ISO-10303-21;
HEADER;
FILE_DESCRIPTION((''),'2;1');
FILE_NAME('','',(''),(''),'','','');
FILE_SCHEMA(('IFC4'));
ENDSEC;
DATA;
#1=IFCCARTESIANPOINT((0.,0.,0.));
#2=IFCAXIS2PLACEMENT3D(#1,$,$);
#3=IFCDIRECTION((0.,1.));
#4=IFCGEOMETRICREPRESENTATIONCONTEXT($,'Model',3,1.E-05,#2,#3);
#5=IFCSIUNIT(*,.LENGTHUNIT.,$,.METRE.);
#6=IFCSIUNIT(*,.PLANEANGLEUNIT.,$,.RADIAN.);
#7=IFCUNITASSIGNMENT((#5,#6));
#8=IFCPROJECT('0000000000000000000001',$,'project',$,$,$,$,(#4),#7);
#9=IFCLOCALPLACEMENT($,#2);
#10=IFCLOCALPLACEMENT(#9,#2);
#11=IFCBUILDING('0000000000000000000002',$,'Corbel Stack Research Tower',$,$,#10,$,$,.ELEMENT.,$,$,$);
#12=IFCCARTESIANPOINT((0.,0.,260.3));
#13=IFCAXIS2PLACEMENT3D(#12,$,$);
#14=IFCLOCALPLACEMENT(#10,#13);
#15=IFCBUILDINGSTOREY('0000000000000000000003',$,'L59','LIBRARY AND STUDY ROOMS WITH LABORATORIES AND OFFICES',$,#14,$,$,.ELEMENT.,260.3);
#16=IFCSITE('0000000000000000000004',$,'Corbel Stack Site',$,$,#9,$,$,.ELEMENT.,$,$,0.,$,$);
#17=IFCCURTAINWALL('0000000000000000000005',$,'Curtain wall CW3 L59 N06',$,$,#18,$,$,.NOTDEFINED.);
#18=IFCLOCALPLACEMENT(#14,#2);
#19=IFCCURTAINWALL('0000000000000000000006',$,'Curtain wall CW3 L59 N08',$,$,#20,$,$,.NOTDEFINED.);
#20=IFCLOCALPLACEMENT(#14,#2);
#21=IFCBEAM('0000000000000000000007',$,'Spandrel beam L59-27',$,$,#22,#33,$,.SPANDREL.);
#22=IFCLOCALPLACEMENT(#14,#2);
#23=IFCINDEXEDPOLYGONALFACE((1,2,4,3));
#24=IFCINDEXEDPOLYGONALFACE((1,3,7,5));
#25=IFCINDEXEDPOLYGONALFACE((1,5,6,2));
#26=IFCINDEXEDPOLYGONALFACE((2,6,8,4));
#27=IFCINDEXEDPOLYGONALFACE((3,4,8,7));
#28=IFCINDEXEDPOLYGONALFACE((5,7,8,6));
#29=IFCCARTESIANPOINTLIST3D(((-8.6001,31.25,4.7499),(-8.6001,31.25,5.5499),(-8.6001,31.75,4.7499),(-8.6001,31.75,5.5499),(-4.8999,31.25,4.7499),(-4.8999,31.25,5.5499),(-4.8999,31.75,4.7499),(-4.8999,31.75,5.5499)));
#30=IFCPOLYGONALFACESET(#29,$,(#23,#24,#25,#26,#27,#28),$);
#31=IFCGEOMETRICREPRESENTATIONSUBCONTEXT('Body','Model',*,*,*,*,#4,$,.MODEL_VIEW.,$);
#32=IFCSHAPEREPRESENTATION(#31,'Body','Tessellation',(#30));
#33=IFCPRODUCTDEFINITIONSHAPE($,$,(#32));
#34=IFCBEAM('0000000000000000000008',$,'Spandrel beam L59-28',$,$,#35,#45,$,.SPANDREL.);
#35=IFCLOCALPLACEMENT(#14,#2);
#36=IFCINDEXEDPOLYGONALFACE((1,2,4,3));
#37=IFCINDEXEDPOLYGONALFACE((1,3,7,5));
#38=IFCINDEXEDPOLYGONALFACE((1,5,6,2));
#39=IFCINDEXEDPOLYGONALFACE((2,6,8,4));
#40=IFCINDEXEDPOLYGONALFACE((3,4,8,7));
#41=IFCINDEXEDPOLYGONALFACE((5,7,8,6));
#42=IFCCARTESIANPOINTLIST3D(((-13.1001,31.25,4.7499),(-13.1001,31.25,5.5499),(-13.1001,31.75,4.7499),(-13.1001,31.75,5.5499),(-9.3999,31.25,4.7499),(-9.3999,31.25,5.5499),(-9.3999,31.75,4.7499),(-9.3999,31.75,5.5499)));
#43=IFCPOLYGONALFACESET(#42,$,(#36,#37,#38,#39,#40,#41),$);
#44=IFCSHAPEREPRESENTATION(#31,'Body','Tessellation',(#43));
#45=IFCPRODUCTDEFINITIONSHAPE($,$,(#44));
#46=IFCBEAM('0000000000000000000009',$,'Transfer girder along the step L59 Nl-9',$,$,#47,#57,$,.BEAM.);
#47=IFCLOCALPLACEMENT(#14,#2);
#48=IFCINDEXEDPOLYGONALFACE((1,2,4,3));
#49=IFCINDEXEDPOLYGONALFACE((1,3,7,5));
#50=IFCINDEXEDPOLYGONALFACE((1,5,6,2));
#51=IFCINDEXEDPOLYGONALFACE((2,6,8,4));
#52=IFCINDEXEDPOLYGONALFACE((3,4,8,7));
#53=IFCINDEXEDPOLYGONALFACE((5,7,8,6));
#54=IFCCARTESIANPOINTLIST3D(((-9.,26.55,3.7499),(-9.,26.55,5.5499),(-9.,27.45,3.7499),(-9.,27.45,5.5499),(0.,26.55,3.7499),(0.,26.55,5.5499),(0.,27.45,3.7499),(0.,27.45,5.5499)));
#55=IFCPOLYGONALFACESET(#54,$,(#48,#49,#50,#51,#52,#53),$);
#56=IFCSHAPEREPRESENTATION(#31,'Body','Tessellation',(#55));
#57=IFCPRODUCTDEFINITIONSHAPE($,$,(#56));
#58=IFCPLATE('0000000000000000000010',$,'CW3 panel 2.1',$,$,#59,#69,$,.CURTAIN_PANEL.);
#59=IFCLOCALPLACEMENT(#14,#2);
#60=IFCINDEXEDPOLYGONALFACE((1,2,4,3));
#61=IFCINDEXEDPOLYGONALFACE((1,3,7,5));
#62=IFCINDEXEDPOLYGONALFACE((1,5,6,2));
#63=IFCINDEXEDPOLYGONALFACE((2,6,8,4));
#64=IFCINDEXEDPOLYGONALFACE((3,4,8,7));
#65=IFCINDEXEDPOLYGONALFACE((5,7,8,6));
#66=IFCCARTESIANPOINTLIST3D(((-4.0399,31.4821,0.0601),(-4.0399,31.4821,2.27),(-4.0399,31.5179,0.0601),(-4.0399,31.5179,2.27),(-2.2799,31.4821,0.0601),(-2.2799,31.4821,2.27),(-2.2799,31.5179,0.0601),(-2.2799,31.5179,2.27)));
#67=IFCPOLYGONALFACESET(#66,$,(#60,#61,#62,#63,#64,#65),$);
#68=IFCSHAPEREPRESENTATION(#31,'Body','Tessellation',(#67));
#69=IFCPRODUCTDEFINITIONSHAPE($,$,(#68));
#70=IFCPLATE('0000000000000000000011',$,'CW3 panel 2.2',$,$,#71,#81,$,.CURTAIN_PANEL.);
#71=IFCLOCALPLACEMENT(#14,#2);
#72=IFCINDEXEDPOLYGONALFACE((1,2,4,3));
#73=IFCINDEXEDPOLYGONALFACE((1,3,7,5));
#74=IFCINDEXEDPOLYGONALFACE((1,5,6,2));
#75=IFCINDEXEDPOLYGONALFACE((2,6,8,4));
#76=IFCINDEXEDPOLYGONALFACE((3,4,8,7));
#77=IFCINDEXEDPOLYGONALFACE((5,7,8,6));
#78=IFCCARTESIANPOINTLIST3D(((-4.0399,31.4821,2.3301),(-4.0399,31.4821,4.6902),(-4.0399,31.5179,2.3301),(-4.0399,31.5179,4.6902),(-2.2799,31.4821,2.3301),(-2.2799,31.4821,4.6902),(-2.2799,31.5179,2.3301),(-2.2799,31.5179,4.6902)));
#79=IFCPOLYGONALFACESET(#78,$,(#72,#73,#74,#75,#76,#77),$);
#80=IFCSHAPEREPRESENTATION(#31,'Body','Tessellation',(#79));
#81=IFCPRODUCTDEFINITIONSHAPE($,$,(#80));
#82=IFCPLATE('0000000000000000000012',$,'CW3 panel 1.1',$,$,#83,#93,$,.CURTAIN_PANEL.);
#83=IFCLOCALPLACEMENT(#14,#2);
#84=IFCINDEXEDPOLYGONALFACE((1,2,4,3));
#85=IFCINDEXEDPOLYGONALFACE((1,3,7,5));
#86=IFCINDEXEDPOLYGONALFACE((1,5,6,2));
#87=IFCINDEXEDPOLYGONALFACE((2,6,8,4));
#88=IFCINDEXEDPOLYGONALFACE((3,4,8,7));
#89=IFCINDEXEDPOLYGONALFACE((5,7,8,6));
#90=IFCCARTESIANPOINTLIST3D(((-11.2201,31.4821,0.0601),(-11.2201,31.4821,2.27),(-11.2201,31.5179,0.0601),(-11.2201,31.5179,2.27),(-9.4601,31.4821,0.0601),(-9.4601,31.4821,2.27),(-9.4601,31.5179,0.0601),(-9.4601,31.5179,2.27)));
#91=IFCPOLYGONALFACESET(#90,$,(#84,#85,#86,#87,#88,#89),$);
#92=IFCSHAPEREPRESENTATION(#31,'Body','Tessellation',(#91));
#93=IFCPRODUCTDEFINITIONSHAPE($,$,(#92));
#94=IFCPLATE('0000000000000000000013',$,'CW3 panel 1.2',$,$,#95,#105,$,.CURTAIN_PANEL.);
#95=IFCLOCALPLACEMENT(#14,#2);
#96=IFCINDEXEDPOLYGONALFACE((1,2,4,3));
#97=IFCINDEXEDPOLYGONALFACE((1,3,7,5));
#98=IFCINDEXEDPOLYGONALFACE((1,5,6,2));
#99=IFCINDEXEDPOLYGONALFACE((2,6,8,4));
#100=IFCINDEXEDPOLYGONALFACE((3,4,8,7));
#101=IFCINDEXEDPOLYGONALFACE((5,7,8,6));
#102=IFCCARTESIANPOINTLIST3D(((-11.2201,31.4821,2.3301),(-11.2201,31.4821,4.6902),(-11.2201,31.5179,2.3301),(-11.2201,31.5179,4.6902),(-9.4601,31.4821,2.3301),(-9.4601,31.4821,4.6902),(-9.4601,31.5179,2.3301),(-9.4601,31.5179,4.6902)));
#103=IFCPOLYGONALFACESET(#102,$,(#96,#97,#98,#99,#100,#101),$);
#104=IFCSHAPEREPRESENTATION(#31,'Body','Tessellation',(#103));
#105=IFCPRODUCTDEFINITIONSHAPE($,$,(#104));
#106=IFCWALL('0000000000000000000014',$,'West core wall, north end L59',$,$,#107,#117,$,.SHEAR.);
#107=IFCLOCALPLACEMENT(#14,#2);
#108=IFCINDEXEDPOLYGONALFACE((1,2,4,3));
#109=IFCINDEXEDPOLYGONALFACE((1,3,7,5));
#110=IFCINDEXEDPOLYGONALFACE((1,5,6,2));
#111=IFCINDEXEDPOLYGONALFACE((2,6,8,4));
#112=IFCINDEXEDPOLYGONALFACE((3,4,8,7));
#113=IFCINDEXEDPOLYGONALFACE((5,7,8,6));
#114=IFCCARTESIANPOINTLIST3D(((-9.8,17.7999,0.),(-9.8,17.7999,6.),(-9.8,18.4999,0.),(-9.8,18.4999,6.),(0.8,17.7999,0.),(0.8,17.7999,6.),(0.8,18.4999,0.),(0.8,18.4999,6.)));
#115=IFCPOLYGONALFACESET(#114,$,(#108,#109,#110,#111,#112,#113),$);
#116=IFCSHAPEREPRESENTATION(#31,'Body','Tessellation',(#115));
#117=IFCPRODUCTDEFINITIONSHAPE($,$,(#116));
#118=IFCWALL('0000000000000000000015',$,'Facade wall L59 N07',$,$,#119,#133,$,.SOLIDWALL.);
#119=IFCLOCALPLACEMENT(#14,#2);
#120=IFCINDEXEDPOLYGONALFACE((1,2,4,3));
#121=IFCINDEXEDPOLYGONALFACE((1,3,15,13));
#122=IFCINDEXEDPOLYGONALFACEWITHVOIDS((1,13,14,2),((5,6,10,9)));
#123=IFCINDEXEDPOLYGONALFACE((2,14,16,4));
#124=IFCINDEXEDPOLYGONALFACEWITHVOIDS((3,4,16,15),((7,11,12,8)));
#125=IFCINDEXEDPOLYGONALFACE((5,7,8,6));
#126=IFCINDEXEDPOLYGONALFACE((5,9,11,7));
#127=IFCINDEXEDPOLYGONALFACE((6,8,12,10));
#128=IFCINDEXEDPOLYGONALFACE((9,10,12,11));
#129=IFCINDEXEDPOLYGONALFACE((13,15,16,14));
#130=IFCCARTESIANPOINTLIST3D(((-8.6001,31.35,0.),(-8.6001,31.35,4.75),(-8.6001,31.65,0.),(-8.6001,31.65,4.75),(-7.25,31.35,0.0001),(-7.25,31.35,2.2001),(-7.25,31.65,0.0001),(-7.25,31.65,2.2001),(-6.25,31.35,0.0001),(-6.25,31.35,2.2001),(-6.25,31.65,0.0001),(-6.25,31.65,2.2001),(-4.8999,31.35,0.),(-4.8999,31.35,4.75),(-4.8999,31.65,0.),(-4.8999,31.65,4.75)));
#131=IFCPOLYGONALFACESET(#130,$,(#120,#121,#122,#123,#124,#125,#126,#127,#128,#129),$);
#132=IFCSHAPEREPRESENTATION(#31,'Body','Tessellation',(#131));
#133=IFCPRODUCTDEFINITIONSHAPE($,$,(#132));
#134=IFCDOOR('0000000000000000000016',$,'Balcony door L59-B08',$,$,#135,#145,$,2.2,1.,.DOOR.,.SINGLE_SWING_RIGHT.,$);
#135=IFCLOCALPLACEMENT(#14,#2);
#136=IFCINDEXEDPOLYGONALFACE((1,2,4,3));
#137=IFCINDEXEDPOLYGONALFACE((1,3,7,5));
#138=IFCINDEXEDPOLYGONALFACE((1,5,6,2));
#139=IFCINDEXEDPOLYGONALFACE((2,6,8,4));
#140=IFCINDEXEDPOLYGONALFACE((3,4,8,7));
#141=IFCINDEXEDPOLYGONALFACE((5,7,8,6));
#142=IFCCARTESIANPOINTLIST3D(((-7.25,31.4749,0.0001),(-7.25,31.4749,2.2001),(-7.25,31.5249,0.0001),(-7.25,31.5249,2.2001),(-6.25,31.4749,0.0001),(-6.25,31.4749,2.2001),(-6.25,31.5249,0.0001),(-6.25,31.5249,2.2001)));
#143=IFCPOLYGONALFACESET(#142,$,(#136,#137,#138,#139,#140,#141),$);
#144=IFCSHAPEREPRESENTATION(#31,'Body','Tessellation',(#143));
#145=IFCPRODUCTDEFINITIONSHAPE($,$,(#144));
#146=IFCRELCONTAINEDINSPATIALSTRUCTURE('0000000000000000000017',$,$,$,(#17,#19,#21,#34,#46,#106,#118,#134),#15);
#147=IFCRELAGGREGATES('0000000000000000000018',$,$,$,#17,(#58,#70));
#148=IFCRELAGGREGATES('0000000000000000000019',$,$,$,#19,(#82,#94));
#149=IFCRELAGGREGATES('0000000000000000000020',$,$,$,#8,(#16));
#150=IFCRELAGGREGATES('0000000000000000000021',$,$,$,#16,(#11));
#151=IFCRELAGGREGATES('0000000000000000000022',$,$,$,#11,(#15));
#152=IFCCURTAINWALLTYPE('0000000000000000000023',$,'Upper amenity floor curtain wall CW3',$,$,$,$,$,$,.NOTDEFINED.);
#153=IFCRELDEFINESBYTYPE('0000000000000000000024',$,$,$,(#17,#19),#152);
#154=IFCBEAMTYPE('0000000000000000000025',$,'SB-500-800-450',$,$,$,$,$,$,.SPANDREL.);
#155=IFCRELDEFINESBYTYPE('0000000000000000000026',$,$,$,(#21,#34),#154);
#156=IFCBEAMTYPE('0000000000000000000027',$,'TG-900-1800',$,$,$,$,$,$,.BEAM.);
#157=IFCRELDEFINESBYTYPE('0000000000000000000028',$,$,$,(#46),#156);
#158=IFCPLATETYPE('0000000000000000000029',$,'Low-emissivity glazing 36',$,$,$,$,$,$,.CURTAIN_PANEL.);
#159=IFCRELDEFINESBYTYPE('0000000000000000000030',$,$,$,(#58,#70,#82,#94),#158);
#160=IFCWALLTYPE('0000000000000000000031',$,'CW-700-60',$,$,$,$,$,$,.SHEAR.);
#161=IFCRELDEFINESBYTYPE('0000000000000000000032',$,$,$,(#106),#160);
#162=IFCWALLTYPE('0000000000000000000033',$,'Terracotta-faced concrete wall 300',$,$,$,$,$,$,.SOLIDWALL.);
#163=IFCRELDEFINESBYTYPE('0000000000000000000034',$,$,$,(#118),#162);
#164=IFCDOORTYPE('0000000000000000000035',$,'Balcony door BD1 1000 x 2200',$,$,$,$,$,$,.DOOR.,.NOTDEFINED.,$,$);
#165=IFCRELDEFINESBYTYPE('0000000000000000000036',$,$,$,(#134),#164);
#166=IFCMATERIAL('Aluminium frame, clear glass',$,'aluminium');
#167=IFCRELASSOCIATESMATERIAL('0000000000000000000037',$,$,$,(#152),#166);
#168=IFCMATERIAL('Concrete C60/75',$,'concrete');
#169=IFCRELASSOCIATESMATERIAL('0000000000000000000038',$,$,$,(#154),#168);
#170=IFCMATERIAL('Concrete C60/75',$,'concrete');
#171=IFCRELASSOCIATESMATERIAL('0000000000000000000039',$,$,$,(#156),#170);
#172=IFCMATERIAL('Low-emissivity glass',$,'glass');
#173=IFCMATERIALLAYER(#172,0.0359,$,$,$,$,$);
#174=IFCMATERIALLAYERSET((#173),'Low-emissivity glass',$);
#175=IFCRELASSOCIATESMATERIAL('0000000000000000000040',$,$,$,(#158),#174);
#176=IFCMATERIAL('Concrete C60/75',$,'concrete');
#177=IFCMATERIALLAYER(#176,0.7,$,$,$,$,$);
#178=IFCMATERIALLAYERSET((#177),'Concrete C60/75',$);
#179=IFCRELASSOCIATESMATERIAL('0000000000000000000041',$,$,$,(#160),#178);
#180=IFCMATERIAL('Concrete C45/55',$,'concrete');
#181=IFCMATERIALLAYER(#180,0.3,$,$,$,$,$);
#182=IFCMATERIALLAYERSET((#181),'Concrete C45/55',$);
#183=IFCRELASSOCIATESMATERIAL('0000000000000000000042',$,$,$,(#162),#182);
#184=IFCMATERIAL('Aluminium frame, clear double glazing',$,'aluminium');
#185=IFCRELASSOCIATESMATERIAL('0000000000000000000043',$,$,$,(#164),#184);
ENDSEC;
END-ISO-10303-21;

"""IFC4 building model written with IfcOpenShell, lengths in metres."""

from ifc_helpers import new_model, si_unit, direction, frame, frame_2d, origin, origin_2d, place, context, subcontext, project, spatial, rectangle, extrude, material, layer, layer_set, material_profile, profile_set, type_object, element, fill, aggregate, save


model = new_model("IFC4")

# Units and contexts
model_context = context("Model", 3, precision=1e-05, world=origin(), true_north=direction((0.0, 1.0)))
body_context = subcontext(model_context, "Body", "Model", "MODEL_VIEW")
ifc_project = project(units=[si_unit("LENGTHUNIT", "METRE"), si_unit("PLANEANGLEUNIT", "RADIAN")], contexts=[model_context])

# Site, building, storey
site_placement = place(None, origin())
site = spatial("IfcSite", under=ifc_project, at=site_placement, Name="Corbel Stack Site", CompositionType="ELEMENT", RefElevation=0.0)
building_placement = place(site_placement, origin())
building = spatial("IfcBuilding", under=site, at=building_placement, Name="Corbel Stack Research Tower", CompositionType="ELEMENT")
storey_placement = place(building_placement, frame((0.0, 0.0, 260.3)))
storey = spatial("IfcBuildingStorey", under=building, at=storey_placement, Name="L59", Description="LIBRARY AND STUDY ROOMS WITH LABORATORIES AND OFFICES", CompositionType="ELEMENT", Elevation=260.3)

# Curtain wall
ifc_material_1 = material(Name="Aluminium frame, clear glass", Category="aluminium")
curtain_wall_type = type_object("IfcCurtainWallType", Name="Upper amenity floor curtain wall CW3", PredefinedType="NOTDEFINED", material=ifc_material_1)
curtain_wall_1_placement = place(storey_placement, origin())
curtain_wall_1 = element("IfcCurtainWall", 1, at=curtain_wall_1_placement, inside=storey, type_object=curtain_wall_type, Name="Curtain wall CW3 L59 N06", PredefinedType="NOTDEFINED")

# Curtain wall
curtain_wall_2_placement = place(storey_placement, origin())
curtain_wall_2 = element("IfcCurtainWall", 2, at=curtain_wall_2_placement, inside=storey, type_object=curtain_wall_type, Name="Curtain wall CW3 L59 N08", PredefinedType="NOTDEFINED")

# Beams
ifc_material_2 = material(Name="Concrete C60/75", Category="concrete")
ifc_material_profile_1 = material_profile(ifc_material_2, rectangle(XDim=0.5, YDim=0.8, at=origin_2d()), Name="RC 500 x 800")
ifc_profile_set_1 = profile_set([ifc_material_profile_1], Name="Concrete C60/75")
beam_type_1 = type_object("IfcBeamType", Name="SB-500-800-450", PredefinedType="SPANDREL", material=ifc_profile_set_1)
for number, where, z_axis, x_axis, name in (
    (3, (-4.8999, 31.5, 5.1499), (-1.0, 0.0, 0.0), (0.0, -1.0, 0.0), "Spandrel beam L59-27"),
    (4, (-9.3999, 31.5, 5.1499), (-1.0, 0.0, 0.0), (0.0, -1.0, 0.0), "Spandrel beam L59-28"),
):
    element("IfcBeam", number, at=place(storey_placement, frame(where, z_axis=z_axis, x_axis=x_axis)), inside=storey, type_object=beam_type_1, Name=name, PredefinedType="SPANDREL", context=body_context, shape_type="SweptSolid", body=[
        extrude(rectangle(XDim=0.5, YDim=0.8, at=origin_2d()), origin(), (0.0, 0.0, 1.0), 3.7002),
    ])
ifc_material_3 = material(Name="Concrete C60/75", Category="concrete")
ifc_material_profile_2 = material_profile(ifc_material_3, rectangle(XDim=0.8999, YDim=1.8, at=origin_2d()), Name="RC 900 x 1800")
ifc_profile_set_2 = profile_set([ifc_material_profile_2], Name="Concrete C60/75")
beam_type_2 = type_object("IfcBeamType", Name="TG-900-1800", PredefinedType="BEAM", material=ifc_profile_set_2)
beam_placement = place(storey_placement, frame((-9.0, 27.0, 4.6499), z_axis=(1.0, 0.0, 0.0), x_axis=(0.0, 1.0, 0.0)))
element("IfcBeam", 5, at=beam_placement, inside=storey, type_object=beam_type_2, Name="Transfer girder along the step L59 Nl-9", PredefinedType="BEAM", context=body_context, shape_type="SweptSolid", body=[
    extrude(rectangle(XDim=0.8999, YDim=1.8, at=origin_2d()), origin(), (0.0, 0.0, 1.0), 9.0),
])

# Plates
ifc_material_4 = material(Name="Low-emissivity glass", Category="glass")
ifc_layer_1 = layer(ifc_material_4, 0.0359)
ifc_layer_set_1 = layer_set([ifc_layer_1], Name="Low-emissivity glass")
plate_type = type_object("IfcPlateType", Name="Low-emissivity glazing 36", PredefinedType="CURTAIN_PANEL", material=ifc_layer_set_1)
plate_1_placement = place(storey_placement, frame((-3.1599, 31.5, 0.0601), z_axis=(0.0, 0.0, 1.0), x_axis=(-1.0, 0.0, 0.0)))
plate_1 = element("IfcPlate", 6, at=plate_1_placement, type_object=plate_type, Name="CW3 panel 2.1", PredefinedType="CURTAIN_PANEL", context=body_context, shape_type="SweptSolid", body=[
    extrude(rectangle(XDim=1.76, YDim=0.0359, at=origin_2d()), origin(), (0.0, 0.0, 1.0), 2.21),
])
plate_2_placement = place(storey_placement, frame((-3.1599, 31.5, 2.3301), z_axis=(0.0, 0.0, 1.0), x_axis=(-1.0, 0.0, 0.0)))
plate_2 = element("IfcPlate", 7, at=plate_2_placement, type_object=plate_type, Name="CW3 panel 2.2", PredefinedType="CURTAIN_PANEL", context=body_context, shape_type="SweptSolid", body=[
    extrude(rectangle(XDim=1.76, YDim=0.0359, at=origin_2d()), origin(), (0.0, 0.0, 1.0), 2.3601),
])
aggregate(curtain_wall_1, [plate_1, plate_2])
plate_3_placement = place(storey_placement, frame((-10.3401, 31.5, 0.0601), z_axis=(0.0, 0.0, 1.0), x_axis=(-1.0, 0.0, 0.0)))
plate_3 = element("IfcPlate", 8, at=plate_3_placement, type_object=plate_type, Name="CW3 panel 1.1", PredefinedType="CURTAIN_PANEL", context=body_context, shape_type="SweptSolid", body=[
    extrude(rectangle(XDim=1.76, YDim=0.0359, at=origin_2d()), origin(), (0.0, 0.0, 1.0), 2.21),
])
plate_4_placement = place(storey_placement, frame((-10.3401, 31.5, 2.3301), z_axis=(0.0, 0.0, 1.0), x_axis=(-1.0, 0.0, 0.0)))
plate_4 = element("IfcPlate", 9, at=plate_4_placement, type_object=plate_type, Name="CW3 panel 1.2", PredefinedType="CURTAIN_PANEL", context=body_context, shape_type="SweptSolid", body=[
    extrude(rectangle(XDim=1.76, YDim=0.0359, at=origin_2d()), origin(), (0.0, 0.0, 1.0), 2.3601),
])
aggregate(curtain_wall_2, [plate_3, plate_4])

# Wall
ifc_material_5 = material(Name="Concrete C60/75", Category="concrete")
ifc_layer_2 = layer(ifc_material_5, 0.7)
ifc_layer_set_2 = layer_set([ifc_layer_2], Name="Concrete C60/75")
wall_type_1 = type_object("IfcWallType", Name="CW-700-60", PredefinedType="SHEAR", material=ifc_layer_set_2)
wall_1_placement = place(storey_placement, frame((-9.8, 18.1499, 0.0), z_axis=(0.0, 0.0, 1.0), x_axis=(1.0, 0.0, 0.0)))
element("IfcWall", 10, at=wall_1_placement, inside=storey, type_object=wall_type_1, Name="West core wall, north end L59", PredefinedType="SHEAR", context=body_context, shape_type="SweptSolid", body=[
    extrude(rectangle(XDim=10.6001, YDim=0.7, at=frame_2d((5.3, 0.0))), origin(), (0.0, 0.0, 1.0), 6.0),
])

# Wall, opening, door
ifc_material_6 = material(Name="Concrete C45/55", Category="concrete")
ifc_layer_3 = layer(ifc_material_6, 0.3)
ifc_layer_set_3 = layer_set([ifc_layer_3], Name="Concrete C45/55")
wall_type_2 = type_object("IfcWallType", Name="Terracotta-faced concrete wall 300", PredefinedType="SOLIDWALL", material=ifc_layer_set_3)
wall_2_placement = place(storey_placement, frame((-8.6001, 31.5, 0.0), z_axis=(0.0, 0.0, 1.0), x_axis=(1.0, 0.0, 0.0)))
wall_2 = element("IfcWall", 11, at=wall_2_placement, inside=storey, type_object=wall_type_2, Name="Facade wall L59 N07", PredefinedType="SOLIDWALL", context=body_context, shape_type="SweptSolid", body=[
    extrude(rectangle(XDim=3.7002, YDim=0.3, at=frame_2d((1.8501, 0.0))), origin(), (0.0, 0.0, 1.0), 4.75),
])
opening_placement = place(wall_2_placement, frame((1.3501, 0.0, 0.0)))
opening = element("IfcOpeningElement", 12, at=opening_placement, cuts=wall_2, PredefinedType="OPENING", context=body_context, shape_type="SweptSolid", body=[
    extrude(rectangle(XDim=1.0, YDim=2.2, at=frame_2d((0.5, 1.1001))), frame((0.0, 0.1599, 0.0), z_axis=(0.0, -1.0, 0.0), x_axis=(1.0, 0.0, 0.0)), (0.0, 0.0, 1.0), 0.3201),
])
ifc_material_7 = material(Name="Aluminium frame, clear double glazing", Category="aluminium")
door_type = type_object("IfcDoorType", Name="Balcony door BD1 1000 x 2200", OperationType="NOTDEFINED", PredefinedType="DOOR", material=ifc_material_7)
door_placement = place(opening_placement, origin())
door = element("IfcDoor", 13, at=door_placement, inside=storey, type_object=door_type, Name="Balcony door L59-B08", OperationType="SINGLE_SWING_RIGHT", OverallHeight=2.2, OverallWidth=1.0, PredefinedType="DOOR", context=body_context, shape_type="SweptSolid", body=[
    extrude(rectangle(XDim=1.0, YDim=2.2, at=frame_2d((0.5, 1.1001))), frame((0.0, 0.0249, 0.0), z_axis=(0.0, -1.0, 0.0), x_axis=(1.0, 0.0, 0.0)), (0.0, 0.0, 1.0), 0.05),
])
fill(opening, door)

save(model, "model.ifc")
